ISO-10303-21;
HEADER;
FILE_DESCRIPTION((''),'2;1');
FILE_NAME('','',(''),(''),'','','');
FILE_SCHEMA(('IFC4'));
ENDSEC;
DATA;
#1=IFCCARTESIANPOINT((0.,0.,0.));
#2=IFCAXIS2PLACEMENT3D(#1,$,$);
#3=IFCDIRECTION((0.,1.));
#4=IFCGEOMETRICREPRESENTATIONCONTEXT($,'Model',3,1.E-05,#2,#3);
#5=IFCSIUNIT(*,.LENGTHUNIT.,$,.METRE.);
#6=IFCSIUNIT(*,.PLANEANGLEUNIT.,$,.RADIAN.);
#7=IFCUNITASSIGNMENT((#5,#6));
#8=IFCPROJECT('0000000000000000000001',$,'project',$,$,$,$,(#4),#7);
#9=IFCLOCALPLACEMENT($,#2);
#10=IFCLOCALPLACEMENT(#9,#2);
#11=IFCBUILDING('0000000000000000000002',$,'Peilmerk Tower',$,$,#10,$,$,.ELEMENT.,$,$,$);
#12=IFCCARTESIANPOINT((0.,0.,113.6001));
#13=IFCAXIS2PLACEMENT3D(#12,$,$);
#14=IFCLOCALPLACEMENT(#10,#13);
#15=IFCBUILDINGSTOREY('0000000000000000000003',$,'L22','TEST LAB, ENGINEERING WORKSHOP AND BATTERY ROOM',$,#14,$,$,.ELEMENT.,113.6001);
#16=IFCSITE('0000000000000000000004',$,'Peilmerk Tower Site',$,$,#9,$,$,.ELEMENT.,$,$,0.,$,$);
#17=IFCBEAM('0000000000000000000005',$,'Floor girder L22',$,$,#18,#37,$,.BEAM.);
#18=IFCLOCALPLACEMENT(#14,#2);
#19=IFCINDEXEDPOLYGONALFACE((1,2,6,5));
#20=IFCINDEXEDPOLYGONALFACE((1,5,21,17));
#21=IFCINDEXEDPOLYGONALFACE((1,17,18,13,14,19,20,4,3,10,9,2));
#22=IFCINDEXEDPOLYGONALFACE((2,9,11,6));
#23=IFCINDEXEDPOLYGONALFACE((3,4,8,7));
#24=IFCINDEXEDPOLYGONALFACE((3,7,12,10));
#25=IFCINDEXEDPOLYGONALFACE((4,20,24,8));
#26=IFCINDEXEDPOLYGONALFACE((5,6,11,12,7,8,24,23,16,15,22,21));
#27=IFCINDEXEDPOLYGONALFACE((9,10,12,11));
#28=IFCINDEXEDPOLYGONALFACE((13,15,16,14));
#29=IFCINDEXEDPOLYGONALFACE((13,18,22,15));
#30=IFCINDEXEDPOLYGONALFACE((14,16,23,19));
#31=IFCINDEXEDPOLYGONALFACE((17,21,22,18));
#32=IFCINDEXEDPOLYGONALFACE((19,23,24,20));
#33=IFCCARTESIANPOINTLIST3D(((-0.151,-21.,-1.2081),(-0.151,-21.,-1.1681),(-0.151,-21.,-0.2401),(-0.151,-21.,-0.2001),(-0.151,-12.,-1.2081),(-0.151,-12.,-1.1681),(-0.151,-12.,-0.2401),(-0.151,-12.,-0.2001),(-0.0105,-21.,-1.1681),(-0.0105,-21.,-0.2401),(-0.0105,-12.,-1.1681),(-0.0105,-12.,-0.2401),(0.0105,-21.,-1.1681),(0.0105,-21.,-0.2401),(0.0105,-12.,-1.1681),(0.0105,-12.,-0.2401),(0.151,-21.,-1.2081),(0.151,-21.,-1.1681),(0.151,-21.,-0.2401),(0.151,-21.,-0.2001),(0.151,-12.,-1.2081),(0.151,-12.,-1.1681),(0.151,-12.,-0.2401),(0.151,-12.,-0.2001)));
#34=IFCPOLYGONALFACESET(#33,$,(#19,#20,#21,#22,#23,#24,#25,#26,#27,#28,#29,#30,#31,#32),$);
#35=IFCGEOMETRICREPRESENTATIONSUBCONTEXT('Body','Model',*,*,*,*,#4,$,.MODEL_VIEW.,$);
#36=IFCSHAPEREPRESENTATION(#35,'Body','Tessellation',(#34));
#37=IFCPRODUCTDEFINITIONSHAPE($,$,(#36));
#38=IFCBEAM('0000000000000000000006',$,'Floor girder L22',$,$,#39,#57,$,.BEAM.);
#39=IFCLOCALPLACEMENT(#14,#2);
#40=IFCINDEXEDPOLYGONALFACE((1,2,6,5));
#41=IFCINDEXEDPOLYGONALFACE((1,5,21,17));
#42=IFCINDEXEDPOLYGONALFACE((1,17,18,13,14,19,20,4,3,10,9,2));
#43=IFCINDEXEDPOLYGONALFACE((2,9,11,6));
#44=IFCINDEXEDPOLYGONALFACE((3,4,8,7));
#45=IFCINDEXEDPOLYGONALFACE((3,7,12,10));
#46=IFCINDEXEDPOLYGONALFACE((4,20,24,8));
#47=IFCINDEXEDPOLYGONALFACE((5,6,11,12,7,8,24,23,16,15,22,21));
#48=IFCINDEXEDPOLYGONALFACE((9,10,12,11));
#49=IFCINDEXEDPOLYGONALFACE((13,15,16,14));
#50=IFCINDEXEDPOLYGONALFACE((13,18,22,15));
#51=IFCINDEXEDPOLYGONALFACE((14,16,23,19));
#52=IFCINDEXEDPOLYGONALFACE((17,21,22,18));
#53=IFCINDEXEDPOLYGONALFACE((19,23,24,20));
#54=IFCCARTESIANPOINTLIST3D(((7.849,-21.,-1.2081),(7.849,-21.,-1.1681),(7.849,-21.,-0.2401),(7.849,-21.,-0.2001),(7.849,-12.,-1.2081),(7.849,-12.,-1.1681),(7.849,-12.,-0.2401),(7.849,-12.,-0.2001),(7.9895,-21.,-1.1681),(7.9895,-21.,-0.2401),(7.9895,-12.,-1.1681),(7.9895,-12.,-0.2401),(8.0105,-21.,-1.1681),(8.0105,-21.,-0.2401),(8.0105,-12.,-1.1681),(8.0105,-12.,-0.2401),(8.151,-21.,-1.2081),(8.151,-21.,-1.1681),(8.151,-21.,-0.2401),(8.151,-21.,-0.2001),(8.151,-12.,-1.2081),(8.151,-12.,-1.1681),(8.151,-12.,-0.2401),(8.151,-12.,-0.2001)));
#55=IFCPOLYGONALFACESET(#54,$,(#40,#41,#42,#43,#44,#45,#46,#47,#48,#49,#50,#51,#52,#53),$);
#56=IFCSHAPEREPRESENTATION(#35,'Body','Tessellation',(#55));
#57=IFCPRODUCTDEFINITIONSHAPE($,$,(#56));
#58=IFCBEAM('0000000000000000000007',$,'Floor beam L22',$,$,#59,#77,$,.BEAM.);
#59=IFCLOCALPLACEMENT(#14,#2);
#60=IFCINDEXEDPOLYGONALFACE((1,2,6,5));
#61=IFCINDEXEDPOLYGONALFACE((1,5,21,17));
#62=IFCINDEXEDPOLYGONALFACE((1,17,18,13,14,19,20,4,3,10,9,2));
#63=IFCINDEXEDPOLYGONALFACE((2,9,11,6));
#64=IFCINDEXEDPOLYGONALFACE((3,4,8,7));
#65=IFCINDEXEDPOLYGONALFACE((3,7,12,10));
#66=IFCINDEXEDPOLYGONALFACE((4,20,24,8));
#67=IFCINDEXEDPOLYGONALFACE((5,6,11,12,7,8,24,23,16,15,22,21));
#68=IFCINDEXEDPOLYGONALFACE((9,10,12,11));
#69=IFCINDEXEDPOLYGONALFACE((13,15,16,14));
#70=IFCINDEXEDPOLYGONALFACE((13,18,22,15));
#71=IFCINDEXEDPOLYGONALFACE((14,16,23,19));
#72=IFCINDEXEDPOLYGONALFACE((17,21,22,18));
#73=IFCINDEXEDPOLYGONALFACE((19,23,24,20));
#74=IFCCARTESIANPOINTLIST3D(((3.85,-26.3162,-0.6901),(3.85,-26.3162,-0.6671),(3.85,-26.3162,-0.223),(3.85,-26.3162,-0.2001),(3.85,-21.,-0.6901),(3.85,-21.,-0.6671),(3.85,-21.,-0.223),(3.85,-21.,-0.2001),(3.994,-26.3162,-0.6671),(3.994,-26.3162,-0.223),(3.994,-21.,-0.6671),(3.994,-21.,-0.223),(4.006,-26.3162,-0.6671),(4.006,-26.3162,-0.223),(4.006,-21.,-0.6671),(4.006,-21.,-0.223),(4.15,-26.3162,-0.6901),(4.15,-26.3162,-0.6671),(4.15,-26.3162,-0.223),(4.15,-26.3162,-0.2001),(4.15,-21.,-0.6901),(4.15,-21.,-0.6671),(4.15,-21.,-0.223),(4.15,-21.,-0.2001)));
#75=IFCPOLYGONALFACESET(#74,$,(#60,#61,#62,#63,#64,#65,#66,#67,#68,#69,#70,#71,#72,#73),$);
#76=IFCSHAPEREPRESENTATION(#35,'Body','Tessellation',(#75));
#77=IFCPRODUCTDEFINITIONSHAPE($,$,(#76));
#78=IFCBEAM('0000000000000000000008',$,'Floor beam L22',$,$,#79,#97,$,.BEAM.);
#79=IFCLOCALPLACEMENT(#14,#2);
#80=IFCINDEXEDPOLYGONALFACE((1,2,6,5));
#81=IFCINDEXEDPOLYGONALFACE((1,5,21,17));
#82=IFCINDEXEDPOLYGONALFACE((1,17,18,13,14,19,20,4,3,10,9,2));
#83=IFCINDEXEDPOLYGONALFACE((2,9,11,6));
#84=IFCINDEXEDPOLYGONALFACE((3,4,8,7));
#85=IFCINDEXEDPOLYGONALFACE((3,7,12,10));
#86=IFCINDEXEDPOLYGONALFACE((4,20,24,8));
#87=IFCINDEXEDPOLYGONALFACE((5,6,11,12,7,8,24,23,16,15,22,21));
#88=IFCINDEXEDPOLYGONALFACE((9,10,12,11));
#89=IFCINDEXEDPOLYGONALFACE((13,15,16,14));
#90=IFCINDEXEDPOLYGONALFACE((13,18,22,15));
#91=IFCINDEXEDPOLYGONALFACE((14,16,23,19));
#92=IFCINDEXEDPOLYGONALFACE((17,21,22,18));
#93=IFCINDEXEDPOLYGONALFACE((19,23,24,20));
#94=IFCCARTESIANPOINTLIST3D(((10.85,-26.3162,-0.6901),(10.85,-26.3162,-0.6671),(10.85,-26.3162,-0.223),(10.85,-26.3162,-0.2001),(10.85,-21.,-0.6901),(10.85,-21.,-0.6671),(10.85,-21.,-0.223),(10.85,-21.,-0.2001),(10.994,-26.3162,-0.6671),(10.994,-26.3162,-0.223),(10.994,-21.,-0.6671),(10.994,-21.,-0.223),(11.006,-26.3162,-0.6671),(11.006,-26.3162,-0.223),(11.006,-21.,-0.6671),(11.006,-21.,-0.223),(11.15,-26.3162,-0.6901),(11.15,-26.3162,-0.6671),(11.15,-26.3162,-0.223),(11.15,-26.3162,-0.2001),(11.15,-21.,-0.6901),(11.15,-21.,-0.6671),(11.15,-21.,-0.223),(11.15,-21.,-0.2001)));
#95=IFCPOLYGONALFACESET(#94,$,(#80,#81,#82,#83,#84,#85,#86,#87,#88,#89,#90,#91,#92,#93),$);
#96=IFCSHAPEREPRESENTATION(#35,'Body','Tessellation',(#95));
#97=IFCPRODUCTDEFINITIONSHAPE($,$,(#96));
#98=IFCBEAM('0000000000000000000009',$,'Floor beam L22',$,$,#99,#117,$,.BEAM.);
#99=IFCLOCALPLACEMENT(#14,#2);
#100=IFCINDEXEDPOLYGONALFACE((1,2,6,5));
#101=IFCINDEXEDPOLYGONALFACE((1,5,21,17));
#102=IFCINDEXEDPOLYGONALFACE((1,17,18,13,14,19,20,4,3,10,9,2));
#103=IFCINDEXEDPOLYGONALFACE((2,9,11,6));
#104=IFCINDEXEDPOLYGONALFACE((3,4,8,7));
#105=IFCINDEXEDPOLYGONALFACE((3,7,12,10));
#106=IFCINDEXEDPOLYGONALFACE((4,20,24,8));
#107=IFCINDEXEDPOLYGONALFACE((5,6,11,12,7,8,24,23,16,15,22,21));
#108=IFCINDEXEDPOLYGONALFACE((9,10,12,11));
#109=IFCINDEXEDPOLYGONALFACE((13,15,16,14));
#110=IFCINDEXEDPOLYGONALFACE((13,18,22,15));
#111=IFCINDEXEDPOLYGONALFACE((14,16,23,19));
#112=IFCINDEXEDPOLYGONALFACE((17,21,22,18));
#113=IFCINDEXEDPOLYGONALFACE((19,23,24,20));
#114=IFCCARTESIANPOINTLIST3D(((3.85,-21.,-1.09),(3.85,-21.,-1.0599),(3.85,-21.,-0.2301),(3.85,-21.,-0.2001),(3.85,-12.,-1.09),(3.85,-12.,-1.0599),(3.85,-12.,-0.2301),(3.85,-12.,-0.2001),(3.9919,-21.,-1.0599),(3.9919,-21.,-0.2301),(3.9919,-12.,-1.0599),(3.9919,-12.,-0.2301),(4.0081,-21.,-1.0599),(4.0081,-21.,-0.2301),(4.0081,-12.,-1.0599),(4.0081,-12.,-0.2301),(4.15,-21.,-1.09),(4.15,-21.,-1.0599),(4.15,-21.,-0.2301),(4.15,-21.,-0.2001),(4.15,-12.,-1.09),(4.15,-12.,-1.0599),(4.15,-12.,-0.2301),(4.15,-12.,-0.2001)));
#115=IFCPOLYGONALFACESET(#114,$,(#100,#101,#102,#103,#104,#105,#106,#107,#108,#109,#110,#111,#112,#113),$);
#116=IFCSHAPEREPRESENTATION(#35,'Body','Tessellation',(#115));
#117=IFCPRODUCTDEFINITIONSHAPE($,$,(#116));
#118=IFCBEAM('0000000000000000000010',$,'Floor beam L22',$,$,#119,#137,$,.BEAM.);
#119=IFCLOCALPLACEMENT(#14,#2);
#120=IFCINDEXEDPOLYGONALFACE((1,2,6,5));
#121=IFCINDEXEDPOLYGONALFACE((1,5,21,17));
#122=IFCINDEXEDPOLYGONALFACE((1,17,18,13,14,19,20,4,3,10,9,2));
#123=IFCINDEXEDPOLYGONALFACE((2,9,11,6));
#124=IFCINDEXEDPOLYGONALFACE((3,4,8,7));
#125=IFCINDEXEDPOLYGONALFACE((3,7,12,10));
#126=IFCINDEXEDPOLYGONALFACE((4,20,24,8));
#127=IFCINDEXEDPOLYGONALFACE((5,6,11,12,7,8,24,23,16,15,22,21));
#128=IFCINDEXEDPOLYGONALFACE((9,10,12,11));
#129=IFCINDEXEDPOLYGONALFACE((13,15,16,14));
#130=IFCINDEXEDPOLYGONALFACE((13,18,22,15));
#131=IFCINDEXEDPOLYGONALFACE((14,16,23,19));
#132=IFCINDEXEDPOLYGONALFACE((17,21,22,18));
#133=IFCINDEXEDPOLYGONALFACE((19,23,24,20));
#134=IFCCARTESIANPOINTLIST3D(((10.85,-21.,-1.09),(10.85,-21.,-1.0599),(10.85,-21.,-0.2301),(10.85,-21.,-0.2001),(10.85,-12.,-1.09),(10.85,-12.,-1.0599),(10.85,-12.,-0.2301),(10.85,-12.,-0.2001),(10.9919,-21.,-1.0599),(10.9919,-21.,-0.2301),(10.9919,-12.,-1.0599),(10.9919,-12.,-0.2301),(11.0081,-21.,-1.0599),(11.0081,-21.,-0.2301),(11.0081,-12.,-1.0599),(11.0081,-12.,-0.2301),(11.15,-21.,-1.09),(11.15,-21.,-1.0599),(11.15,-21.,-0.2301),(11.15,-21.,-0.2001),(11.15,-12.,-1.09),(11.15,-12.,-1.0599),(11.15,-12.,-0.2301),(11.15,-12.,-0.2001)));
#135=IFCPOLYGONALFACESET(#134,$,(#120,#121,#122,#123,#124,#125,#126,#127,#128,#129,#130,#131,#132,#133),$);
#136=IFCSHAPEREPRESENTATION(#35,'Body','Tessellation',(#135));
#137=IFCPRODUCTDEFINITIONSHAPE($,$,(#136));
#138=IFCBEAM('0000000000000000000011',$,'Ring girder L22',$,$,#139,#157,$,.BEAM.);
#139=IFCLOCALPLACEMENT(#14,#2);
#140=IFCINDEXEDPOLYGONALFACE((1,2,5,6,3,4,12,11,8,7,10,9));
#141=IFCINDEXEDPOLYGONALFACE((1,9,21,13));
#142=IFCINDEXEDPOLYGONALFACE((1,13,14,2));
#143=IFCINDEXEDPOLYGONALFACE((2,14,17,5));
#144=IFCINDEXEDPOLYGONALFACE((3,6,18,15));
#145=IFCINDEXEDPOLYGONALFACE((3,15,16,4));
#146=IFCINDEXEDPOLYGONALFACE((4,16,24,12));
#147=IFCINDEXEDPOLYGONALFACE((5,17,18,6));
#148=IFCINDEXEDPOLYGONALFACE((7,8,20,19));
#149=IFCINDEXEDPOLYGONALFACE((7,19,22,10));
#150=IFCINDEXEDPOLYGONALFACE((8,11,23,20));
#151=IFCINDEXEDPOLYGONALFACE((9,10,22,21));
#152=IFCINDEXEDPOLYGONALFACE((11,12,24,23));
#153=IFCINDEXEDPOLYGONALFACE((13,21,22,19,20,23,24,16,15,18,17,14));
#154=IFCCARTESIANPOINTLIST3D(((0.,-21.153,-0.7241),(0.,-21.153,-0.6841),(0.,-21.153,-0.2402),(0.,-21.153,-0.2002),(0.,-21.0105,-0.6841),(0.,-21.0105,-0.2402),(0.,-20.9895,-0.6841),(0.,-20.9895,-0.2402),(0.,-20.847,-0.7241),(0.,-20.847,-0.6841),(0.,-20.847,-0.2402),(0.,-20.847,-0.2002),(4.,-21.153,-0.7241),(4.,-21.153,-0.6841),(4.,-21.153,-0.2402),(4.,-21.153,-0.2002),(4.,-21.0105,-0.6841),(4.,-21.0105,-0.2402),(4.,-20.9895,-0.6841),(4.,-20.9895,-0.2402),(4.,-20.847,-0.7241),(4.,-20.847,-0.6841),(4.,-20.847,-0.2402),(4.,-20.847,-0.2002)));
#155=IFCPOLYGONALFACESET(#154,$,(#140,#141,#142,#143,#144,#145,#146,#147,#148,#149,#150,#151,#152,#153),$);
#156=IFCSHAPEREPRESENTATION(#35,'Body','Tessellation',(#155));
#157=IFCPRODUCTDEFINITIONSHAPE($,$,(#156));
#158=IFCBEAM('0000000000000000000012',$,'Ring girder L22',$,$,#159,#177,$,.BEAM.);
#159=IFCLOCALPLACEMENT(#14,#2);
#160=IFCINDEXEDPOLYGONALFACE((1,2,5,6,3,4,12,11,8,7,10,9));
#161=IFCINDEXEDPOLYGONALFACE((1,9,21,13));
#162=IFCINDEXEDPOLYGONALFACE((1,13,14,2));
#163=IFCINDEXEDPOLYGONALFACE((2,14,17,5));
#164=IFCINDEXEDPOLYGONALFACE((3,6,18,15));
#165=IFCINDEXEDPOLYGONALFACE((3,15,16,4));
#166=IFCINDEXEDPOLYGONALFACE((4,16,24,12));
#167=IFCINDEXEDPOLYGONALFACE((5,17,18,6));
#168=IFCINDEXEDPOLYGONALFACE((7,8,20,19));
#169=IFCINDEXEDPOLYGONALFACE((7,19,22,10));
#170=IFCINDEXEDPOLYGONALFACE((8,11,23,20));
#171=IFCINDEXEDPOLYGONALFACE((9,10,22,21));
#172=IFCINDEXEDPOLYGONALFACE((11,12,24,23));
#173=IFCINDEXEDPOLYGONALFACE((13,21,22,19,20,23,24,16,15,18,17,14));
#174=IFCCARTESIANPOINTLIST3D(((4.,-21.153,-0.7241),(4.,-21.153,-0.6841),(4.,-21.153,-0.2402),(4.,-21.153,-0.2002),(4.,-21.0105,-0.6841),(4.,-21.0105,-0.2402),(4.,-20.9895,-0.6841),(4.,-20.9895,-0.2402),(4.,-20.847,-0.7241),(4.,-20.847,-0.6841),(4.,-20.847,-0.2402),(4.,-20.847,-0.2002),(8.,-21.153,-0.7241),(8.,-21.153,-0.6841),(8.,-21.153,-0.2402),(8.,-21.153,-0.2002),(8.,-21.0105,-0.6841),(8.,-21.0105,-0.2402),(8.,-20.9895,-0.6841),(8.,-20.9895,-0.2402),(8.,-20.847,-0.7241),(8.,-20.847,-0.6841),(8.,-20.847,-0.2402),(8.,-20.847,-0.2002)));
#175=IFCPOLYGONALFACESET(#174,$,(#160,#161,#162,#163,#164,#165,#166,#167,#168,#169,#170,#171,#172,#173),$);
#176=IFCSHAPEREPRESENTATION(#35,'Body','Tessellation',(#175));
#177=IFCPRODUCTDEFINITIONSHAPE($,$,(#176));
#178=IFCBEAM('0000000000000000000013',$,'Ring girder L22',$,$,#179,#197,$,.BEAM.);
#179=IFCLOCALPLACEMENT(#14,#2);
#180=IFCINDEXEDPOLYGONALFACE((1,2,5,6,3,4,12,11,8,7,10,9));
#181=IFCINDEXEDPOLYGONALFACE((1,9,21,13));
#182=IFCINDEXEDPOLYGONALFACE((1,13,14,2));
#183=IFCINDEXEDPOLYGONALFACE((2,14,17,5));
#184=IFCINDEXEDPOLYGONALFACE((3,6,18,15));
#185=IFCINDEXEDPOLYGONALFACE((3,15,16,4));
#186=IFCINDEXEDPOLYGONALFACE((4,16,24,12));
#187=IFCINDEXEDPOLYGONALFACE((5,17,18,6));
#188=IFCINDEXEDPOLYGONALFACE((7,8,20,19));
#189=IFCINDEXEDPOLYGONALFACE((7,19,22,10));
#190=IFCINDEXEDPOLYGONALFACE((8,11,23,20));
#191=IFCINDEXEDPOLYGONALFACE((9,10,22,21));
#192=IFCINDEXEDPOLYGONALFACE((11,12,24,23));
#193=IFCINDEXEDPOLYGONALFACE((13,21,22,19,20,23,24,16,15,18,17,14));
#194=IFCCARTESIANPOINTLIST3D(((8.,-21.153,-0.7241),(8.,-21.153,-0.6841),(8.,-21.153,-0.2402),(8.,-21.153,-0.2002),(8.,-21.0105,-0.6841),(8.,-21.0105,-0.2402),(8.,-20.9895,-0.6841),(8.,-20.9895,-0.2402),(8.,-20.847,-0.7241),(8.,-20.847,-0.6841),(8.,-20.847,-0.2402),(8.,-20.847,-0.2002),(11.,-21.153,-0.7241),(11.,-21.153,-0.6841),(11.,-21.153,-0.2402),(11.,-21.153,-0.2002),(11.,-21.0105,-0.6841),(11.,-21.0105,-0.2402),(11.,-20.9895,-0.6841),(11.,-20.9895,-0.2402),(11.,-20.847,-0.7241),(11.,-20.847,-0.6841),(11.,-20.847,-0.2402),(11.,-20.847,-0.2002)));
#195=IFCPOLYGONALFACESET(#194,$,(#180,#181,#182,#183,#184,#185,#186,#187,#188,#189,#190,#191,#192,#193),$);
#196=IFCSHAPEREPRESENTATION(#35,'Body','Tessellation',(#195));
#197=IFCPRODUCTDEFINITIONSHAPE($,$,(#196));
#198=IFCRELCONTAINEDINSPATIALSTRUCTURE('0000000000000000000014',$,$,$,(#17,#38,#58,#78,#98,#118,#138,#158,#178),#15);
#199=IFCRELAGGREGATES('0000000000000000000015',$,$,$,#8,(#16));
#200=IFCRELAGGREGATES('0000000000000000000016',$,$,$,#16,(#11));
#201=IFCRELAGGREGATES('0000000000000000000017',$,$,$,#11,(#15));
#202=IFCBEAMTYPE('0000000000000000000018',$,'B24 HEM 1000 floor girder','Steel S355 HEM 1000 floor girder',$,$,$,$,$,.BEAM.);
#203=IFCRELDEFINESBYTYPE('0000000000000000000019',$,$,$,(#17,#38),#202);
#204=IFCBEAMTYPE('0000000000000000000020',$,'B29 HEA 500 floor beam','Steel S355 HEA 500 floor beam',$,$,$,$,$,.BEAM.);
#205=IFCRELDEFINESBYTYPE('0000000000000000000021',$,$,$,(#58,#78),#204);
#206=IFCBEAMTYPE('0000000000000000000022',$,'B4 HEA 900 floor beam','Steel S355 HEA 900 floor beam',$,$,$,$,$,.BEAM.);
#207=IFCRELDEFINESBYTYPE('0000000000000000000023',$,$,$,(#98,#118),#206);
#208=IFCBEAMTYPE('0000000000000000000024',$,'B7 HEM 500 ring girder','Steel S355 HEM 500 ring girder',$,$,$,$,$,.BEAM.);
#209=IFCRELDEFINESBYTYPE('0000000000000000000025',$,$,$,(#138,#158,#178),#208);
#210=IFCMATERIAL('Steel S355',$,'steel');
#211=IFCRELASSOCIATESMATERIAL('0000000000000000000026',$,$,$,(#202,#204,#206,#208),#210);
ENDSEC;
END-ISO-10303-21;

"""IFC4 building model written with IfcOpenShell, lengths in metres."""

from ifc_helpers import new_model, si_unit, direction, frame, origin, origin_2d, place, context, subcontext, project, spatial, i_section, extrude, material, material_profile, profile_set, type_object, element, save


model = new_model("IFC4")

# Units and contexts
model_context = context("Model", 3, precision=1e-05, world=origin(), true_north=direction((0.0, 1.0)))
body_context = subcontext(model_context, "Body", "Model", "MODEL_VIEW")
ifc_project = project(units=[si_unit("LENGTHUNIT", "METRE"), si_unit("PLANEANGLEUNIT", "RADIAN")], contexts=[model_context])

# Site, building, storey
site_placement = place(None, origin())
site = spatial("IfcSite", under=ifc_project, at=site_placement, Name="Peilmerk Tower Site", CompositionType="ELEMENT", RefElevation=0.0)
building_placement = place(site_placement, origin())
building = spatial("IfcBuilding", under=site, at=building_placement, Name="Peilmerk Tower", CompositionType="ELEMENT")
storey_placement = place(building_placement, frame((0.0, 0.0, 113.6001)))
storey = spatial("IfcBuildingStorey", under=building, at=storey_placement, Name="L22", Description="TEST LAB, ENGINEERING WORKSHOP AND BATTERY ROOM", CompositionType="ELEMENT", Elevation=113.6001)

# Beams
ifc_material_1 = material(Name="Steel S355", Category="steel")
ifc_material_profile_1 = material_profile(ifc_material_1, i_section(OverallWidth=0.302, OverallDepth=1.0081, WebThickness=0.021, FlangeThickness=0.04, at=origin_2d()), Name="HEM 1000")
ifc_profile_set_1 = profile_set([ifc_material_profile_1], Name="Steel S355")
beam_type_1 = type_object("IfcBeamType", Name="B24 HEM 1000 floor girder", Description="Steel S355 HEM 1000 floor girder", PredefinedType="BEAM", material=ifc_profile_set_1)
for number, where, z_axis, x_axis, name in (
    (1, (0.0, -12.0, -0.7041), (0.0, -1.0, 0.0), (1.0, 0.0, 0.0), "Floor girder L22"),
    (2, (8.0, -12.0, -0.7041), (0.0, -1.0, 0.0), (1.0, 0.0, 0.0), "Floor girder L22"),
):
    element("IfcBeam", number, at=place(storey_placement, frame(where, z_axis=z_axis, x_axis=x_axis)), inside=storey, type_object=beam_type_1, Name=name, PredefinedType="BEAM", context=body_context, shape_type="SweptSolid", body=[
        extrude(i_section(OverallWidth=0.302, OverallDepth=1.0081, WebThickness=0.021, FlangeThickness=0.04, at=origin_2d()), origin(), (0.0, 0.0, 1.0), 9.0),
    ])
ifc_material_profile_2 = material_profile(ifc_material_1, i_section(OverallWidth=0.3, OverallDepth=0.49, WebThickness=0.012, FlangeThickness=0.0229, at=origin_2d()), Name="HEA 500")
ifc_profile_set_2 = profile_set([ifc_material_profile_2], Name="Steel S355")
beam_type_2 = type_object("IfcBeamType", Name="B29 HEA 500 floor beam", Description="Steel S355 HEA 500 floor beam", PredefinedType="BEAM", material=ifc_profile_set_2)
for number, where, z_axis, x_axis, name in (
    (3, (4.0, -21.0, -0.4451), (0.0, -1.0, 0.0), (1.0, 0.0, 0.0), "Floor beam L22"),
    (4, (11.0, -21.0, -0.4451), (0.0, -1.0, 0.0), (1.0, 0.0, 0.0), "Floor beam L22"),
):
    element("IfcBeam", number, at=place(storey_placement, frame(where, z_axis=z_axis, x_axis=x_axis)), inside=storey, type_object=beam_type_2, Name=name, PredefinedType="BEAM", context=body_context, shape_type="SweptSolid", body=[
        extrude(i_section(OverallWidth=0.3, OverallDepth=0.49, WebThickness=0.012, FlangeThickness=0.0229, at=origin_2d()), origin(), (0.0, 0.0, 1.0), 5.3162),
    ])
ifc_material_profile_3 = material_profile(ifc_material_1, i_section(OverallWidth=0.3, OverallDepth=0.8899, WebThickness=0.0161, FlangeThickness=0.03, at=origin_2d()), Name="HEA 900")
ifc_profile_set_3 = profile_set([ifc_material_profile_3], Name="Steel S355")
beam_type_3 = type_object("IfcBeamType", Name="B4 HEA 900 floor beam", Description="Steel S355 HEA 900 floor beam", PredefinedType="BEAM", material=ifc_profile_set_3)
for number, where, z_axis, x_axis, name in (
    (5, (4.0, -12.0, -0.645), (0.0, -1.0, 0.0), (1.0, 0.0, 0.0), "Floor beam L22"),
    (6, (11.0, -12.0, -0.645), (0.0, -1.0, 0.0), (1.0, 0.0, 0.0), "Floor beam L22"),
):
    element("IfcBeam", number, at=place(storey_placement, frame(where, z_axis=z_axis, x_axis=x_axis)), inside=storey, type_object=beam_type_3, Name=name, PredefinedType="BEAM", context=body_context, shape_type="SweptSolid", body=[
        extrude(i_section(OverallWidth=0.3, OverallDepth=0.8899, WebThickness=0.0161, FlangeThickness=0.03, at=origin_2d()), origin(), (0.0, 0.0, 1.0), 9.0),
    ])
ifc_material_profile_4 = material_profile(ifc_material_1, i_section(OverallWidth=0.3059, OverallDepth=0.5239, WebThickness=0.021, FlangeThickness=0.04, at=origin_2d()), Name="HEM 500")
ifc_profile_set_4 = profile_set([ifc_material_profile_4], Name="Steel S355")
beam_type_4 = type_object("IfcBeamType", Name="B7 HEM 500 ring girder", Description="Steel S355 HEM 500 ring girder", PredefinedType="BEAM", material=ifc_profile_set_4)
for number, where, z_axis, x_axis, name in (
    (7, (0.0, -21.0, -0.4622), (1.0, 0.0, 0.0), (0.0, 1.0, 0.0), "Ring girder L22"),
    (8, (4.0, -21.0, -0.4622), (1.0, 0.0, 0.0), (0.0, 1.0, 0.0), "Ring girder L22"),
):
    element("IfcBeam", number, at=place(storey_placement, frame(where, z_axis=z_axis, x_axis=x_axis)), inside=storey, type_object=beam_type_4, Name=name, PredefinedType="BEAM", context=body_context, shape_type="SweptSolid", body=[
        extrude(i_section(OverallWidth=0.3059, OverallDepth=0.5239, WebThickness=0.021, FlangeThickness=0.04, at=origin_2d()), origin(), (0.0, 0.0, 1.0), 4.0),
    ])
beam_1_placement = place(storey_placement, frame((8.0, -21.0, -0.4622), z_axis=(1.0, 0.0, 0.0), x_axis=(0.0, 1.0, 0.0)))
element("IfcBeam", 9, at=beam_1_placement, inside=storey, type_object=beam_type_4, Name="Ring girder L22", PredefinedType="BEAM", context=body_context, shape_type="SweptSolid", body=[
    extrude(i_section(OverallWidth=0.3059, OverallDepth=0.5239, WebThickness=0.021, FlangeThickness=0.04, at=origin_2d()), origin(), (0.0, 0.0, 1.0), 3.0),
])

save(model, "model.ifc")
